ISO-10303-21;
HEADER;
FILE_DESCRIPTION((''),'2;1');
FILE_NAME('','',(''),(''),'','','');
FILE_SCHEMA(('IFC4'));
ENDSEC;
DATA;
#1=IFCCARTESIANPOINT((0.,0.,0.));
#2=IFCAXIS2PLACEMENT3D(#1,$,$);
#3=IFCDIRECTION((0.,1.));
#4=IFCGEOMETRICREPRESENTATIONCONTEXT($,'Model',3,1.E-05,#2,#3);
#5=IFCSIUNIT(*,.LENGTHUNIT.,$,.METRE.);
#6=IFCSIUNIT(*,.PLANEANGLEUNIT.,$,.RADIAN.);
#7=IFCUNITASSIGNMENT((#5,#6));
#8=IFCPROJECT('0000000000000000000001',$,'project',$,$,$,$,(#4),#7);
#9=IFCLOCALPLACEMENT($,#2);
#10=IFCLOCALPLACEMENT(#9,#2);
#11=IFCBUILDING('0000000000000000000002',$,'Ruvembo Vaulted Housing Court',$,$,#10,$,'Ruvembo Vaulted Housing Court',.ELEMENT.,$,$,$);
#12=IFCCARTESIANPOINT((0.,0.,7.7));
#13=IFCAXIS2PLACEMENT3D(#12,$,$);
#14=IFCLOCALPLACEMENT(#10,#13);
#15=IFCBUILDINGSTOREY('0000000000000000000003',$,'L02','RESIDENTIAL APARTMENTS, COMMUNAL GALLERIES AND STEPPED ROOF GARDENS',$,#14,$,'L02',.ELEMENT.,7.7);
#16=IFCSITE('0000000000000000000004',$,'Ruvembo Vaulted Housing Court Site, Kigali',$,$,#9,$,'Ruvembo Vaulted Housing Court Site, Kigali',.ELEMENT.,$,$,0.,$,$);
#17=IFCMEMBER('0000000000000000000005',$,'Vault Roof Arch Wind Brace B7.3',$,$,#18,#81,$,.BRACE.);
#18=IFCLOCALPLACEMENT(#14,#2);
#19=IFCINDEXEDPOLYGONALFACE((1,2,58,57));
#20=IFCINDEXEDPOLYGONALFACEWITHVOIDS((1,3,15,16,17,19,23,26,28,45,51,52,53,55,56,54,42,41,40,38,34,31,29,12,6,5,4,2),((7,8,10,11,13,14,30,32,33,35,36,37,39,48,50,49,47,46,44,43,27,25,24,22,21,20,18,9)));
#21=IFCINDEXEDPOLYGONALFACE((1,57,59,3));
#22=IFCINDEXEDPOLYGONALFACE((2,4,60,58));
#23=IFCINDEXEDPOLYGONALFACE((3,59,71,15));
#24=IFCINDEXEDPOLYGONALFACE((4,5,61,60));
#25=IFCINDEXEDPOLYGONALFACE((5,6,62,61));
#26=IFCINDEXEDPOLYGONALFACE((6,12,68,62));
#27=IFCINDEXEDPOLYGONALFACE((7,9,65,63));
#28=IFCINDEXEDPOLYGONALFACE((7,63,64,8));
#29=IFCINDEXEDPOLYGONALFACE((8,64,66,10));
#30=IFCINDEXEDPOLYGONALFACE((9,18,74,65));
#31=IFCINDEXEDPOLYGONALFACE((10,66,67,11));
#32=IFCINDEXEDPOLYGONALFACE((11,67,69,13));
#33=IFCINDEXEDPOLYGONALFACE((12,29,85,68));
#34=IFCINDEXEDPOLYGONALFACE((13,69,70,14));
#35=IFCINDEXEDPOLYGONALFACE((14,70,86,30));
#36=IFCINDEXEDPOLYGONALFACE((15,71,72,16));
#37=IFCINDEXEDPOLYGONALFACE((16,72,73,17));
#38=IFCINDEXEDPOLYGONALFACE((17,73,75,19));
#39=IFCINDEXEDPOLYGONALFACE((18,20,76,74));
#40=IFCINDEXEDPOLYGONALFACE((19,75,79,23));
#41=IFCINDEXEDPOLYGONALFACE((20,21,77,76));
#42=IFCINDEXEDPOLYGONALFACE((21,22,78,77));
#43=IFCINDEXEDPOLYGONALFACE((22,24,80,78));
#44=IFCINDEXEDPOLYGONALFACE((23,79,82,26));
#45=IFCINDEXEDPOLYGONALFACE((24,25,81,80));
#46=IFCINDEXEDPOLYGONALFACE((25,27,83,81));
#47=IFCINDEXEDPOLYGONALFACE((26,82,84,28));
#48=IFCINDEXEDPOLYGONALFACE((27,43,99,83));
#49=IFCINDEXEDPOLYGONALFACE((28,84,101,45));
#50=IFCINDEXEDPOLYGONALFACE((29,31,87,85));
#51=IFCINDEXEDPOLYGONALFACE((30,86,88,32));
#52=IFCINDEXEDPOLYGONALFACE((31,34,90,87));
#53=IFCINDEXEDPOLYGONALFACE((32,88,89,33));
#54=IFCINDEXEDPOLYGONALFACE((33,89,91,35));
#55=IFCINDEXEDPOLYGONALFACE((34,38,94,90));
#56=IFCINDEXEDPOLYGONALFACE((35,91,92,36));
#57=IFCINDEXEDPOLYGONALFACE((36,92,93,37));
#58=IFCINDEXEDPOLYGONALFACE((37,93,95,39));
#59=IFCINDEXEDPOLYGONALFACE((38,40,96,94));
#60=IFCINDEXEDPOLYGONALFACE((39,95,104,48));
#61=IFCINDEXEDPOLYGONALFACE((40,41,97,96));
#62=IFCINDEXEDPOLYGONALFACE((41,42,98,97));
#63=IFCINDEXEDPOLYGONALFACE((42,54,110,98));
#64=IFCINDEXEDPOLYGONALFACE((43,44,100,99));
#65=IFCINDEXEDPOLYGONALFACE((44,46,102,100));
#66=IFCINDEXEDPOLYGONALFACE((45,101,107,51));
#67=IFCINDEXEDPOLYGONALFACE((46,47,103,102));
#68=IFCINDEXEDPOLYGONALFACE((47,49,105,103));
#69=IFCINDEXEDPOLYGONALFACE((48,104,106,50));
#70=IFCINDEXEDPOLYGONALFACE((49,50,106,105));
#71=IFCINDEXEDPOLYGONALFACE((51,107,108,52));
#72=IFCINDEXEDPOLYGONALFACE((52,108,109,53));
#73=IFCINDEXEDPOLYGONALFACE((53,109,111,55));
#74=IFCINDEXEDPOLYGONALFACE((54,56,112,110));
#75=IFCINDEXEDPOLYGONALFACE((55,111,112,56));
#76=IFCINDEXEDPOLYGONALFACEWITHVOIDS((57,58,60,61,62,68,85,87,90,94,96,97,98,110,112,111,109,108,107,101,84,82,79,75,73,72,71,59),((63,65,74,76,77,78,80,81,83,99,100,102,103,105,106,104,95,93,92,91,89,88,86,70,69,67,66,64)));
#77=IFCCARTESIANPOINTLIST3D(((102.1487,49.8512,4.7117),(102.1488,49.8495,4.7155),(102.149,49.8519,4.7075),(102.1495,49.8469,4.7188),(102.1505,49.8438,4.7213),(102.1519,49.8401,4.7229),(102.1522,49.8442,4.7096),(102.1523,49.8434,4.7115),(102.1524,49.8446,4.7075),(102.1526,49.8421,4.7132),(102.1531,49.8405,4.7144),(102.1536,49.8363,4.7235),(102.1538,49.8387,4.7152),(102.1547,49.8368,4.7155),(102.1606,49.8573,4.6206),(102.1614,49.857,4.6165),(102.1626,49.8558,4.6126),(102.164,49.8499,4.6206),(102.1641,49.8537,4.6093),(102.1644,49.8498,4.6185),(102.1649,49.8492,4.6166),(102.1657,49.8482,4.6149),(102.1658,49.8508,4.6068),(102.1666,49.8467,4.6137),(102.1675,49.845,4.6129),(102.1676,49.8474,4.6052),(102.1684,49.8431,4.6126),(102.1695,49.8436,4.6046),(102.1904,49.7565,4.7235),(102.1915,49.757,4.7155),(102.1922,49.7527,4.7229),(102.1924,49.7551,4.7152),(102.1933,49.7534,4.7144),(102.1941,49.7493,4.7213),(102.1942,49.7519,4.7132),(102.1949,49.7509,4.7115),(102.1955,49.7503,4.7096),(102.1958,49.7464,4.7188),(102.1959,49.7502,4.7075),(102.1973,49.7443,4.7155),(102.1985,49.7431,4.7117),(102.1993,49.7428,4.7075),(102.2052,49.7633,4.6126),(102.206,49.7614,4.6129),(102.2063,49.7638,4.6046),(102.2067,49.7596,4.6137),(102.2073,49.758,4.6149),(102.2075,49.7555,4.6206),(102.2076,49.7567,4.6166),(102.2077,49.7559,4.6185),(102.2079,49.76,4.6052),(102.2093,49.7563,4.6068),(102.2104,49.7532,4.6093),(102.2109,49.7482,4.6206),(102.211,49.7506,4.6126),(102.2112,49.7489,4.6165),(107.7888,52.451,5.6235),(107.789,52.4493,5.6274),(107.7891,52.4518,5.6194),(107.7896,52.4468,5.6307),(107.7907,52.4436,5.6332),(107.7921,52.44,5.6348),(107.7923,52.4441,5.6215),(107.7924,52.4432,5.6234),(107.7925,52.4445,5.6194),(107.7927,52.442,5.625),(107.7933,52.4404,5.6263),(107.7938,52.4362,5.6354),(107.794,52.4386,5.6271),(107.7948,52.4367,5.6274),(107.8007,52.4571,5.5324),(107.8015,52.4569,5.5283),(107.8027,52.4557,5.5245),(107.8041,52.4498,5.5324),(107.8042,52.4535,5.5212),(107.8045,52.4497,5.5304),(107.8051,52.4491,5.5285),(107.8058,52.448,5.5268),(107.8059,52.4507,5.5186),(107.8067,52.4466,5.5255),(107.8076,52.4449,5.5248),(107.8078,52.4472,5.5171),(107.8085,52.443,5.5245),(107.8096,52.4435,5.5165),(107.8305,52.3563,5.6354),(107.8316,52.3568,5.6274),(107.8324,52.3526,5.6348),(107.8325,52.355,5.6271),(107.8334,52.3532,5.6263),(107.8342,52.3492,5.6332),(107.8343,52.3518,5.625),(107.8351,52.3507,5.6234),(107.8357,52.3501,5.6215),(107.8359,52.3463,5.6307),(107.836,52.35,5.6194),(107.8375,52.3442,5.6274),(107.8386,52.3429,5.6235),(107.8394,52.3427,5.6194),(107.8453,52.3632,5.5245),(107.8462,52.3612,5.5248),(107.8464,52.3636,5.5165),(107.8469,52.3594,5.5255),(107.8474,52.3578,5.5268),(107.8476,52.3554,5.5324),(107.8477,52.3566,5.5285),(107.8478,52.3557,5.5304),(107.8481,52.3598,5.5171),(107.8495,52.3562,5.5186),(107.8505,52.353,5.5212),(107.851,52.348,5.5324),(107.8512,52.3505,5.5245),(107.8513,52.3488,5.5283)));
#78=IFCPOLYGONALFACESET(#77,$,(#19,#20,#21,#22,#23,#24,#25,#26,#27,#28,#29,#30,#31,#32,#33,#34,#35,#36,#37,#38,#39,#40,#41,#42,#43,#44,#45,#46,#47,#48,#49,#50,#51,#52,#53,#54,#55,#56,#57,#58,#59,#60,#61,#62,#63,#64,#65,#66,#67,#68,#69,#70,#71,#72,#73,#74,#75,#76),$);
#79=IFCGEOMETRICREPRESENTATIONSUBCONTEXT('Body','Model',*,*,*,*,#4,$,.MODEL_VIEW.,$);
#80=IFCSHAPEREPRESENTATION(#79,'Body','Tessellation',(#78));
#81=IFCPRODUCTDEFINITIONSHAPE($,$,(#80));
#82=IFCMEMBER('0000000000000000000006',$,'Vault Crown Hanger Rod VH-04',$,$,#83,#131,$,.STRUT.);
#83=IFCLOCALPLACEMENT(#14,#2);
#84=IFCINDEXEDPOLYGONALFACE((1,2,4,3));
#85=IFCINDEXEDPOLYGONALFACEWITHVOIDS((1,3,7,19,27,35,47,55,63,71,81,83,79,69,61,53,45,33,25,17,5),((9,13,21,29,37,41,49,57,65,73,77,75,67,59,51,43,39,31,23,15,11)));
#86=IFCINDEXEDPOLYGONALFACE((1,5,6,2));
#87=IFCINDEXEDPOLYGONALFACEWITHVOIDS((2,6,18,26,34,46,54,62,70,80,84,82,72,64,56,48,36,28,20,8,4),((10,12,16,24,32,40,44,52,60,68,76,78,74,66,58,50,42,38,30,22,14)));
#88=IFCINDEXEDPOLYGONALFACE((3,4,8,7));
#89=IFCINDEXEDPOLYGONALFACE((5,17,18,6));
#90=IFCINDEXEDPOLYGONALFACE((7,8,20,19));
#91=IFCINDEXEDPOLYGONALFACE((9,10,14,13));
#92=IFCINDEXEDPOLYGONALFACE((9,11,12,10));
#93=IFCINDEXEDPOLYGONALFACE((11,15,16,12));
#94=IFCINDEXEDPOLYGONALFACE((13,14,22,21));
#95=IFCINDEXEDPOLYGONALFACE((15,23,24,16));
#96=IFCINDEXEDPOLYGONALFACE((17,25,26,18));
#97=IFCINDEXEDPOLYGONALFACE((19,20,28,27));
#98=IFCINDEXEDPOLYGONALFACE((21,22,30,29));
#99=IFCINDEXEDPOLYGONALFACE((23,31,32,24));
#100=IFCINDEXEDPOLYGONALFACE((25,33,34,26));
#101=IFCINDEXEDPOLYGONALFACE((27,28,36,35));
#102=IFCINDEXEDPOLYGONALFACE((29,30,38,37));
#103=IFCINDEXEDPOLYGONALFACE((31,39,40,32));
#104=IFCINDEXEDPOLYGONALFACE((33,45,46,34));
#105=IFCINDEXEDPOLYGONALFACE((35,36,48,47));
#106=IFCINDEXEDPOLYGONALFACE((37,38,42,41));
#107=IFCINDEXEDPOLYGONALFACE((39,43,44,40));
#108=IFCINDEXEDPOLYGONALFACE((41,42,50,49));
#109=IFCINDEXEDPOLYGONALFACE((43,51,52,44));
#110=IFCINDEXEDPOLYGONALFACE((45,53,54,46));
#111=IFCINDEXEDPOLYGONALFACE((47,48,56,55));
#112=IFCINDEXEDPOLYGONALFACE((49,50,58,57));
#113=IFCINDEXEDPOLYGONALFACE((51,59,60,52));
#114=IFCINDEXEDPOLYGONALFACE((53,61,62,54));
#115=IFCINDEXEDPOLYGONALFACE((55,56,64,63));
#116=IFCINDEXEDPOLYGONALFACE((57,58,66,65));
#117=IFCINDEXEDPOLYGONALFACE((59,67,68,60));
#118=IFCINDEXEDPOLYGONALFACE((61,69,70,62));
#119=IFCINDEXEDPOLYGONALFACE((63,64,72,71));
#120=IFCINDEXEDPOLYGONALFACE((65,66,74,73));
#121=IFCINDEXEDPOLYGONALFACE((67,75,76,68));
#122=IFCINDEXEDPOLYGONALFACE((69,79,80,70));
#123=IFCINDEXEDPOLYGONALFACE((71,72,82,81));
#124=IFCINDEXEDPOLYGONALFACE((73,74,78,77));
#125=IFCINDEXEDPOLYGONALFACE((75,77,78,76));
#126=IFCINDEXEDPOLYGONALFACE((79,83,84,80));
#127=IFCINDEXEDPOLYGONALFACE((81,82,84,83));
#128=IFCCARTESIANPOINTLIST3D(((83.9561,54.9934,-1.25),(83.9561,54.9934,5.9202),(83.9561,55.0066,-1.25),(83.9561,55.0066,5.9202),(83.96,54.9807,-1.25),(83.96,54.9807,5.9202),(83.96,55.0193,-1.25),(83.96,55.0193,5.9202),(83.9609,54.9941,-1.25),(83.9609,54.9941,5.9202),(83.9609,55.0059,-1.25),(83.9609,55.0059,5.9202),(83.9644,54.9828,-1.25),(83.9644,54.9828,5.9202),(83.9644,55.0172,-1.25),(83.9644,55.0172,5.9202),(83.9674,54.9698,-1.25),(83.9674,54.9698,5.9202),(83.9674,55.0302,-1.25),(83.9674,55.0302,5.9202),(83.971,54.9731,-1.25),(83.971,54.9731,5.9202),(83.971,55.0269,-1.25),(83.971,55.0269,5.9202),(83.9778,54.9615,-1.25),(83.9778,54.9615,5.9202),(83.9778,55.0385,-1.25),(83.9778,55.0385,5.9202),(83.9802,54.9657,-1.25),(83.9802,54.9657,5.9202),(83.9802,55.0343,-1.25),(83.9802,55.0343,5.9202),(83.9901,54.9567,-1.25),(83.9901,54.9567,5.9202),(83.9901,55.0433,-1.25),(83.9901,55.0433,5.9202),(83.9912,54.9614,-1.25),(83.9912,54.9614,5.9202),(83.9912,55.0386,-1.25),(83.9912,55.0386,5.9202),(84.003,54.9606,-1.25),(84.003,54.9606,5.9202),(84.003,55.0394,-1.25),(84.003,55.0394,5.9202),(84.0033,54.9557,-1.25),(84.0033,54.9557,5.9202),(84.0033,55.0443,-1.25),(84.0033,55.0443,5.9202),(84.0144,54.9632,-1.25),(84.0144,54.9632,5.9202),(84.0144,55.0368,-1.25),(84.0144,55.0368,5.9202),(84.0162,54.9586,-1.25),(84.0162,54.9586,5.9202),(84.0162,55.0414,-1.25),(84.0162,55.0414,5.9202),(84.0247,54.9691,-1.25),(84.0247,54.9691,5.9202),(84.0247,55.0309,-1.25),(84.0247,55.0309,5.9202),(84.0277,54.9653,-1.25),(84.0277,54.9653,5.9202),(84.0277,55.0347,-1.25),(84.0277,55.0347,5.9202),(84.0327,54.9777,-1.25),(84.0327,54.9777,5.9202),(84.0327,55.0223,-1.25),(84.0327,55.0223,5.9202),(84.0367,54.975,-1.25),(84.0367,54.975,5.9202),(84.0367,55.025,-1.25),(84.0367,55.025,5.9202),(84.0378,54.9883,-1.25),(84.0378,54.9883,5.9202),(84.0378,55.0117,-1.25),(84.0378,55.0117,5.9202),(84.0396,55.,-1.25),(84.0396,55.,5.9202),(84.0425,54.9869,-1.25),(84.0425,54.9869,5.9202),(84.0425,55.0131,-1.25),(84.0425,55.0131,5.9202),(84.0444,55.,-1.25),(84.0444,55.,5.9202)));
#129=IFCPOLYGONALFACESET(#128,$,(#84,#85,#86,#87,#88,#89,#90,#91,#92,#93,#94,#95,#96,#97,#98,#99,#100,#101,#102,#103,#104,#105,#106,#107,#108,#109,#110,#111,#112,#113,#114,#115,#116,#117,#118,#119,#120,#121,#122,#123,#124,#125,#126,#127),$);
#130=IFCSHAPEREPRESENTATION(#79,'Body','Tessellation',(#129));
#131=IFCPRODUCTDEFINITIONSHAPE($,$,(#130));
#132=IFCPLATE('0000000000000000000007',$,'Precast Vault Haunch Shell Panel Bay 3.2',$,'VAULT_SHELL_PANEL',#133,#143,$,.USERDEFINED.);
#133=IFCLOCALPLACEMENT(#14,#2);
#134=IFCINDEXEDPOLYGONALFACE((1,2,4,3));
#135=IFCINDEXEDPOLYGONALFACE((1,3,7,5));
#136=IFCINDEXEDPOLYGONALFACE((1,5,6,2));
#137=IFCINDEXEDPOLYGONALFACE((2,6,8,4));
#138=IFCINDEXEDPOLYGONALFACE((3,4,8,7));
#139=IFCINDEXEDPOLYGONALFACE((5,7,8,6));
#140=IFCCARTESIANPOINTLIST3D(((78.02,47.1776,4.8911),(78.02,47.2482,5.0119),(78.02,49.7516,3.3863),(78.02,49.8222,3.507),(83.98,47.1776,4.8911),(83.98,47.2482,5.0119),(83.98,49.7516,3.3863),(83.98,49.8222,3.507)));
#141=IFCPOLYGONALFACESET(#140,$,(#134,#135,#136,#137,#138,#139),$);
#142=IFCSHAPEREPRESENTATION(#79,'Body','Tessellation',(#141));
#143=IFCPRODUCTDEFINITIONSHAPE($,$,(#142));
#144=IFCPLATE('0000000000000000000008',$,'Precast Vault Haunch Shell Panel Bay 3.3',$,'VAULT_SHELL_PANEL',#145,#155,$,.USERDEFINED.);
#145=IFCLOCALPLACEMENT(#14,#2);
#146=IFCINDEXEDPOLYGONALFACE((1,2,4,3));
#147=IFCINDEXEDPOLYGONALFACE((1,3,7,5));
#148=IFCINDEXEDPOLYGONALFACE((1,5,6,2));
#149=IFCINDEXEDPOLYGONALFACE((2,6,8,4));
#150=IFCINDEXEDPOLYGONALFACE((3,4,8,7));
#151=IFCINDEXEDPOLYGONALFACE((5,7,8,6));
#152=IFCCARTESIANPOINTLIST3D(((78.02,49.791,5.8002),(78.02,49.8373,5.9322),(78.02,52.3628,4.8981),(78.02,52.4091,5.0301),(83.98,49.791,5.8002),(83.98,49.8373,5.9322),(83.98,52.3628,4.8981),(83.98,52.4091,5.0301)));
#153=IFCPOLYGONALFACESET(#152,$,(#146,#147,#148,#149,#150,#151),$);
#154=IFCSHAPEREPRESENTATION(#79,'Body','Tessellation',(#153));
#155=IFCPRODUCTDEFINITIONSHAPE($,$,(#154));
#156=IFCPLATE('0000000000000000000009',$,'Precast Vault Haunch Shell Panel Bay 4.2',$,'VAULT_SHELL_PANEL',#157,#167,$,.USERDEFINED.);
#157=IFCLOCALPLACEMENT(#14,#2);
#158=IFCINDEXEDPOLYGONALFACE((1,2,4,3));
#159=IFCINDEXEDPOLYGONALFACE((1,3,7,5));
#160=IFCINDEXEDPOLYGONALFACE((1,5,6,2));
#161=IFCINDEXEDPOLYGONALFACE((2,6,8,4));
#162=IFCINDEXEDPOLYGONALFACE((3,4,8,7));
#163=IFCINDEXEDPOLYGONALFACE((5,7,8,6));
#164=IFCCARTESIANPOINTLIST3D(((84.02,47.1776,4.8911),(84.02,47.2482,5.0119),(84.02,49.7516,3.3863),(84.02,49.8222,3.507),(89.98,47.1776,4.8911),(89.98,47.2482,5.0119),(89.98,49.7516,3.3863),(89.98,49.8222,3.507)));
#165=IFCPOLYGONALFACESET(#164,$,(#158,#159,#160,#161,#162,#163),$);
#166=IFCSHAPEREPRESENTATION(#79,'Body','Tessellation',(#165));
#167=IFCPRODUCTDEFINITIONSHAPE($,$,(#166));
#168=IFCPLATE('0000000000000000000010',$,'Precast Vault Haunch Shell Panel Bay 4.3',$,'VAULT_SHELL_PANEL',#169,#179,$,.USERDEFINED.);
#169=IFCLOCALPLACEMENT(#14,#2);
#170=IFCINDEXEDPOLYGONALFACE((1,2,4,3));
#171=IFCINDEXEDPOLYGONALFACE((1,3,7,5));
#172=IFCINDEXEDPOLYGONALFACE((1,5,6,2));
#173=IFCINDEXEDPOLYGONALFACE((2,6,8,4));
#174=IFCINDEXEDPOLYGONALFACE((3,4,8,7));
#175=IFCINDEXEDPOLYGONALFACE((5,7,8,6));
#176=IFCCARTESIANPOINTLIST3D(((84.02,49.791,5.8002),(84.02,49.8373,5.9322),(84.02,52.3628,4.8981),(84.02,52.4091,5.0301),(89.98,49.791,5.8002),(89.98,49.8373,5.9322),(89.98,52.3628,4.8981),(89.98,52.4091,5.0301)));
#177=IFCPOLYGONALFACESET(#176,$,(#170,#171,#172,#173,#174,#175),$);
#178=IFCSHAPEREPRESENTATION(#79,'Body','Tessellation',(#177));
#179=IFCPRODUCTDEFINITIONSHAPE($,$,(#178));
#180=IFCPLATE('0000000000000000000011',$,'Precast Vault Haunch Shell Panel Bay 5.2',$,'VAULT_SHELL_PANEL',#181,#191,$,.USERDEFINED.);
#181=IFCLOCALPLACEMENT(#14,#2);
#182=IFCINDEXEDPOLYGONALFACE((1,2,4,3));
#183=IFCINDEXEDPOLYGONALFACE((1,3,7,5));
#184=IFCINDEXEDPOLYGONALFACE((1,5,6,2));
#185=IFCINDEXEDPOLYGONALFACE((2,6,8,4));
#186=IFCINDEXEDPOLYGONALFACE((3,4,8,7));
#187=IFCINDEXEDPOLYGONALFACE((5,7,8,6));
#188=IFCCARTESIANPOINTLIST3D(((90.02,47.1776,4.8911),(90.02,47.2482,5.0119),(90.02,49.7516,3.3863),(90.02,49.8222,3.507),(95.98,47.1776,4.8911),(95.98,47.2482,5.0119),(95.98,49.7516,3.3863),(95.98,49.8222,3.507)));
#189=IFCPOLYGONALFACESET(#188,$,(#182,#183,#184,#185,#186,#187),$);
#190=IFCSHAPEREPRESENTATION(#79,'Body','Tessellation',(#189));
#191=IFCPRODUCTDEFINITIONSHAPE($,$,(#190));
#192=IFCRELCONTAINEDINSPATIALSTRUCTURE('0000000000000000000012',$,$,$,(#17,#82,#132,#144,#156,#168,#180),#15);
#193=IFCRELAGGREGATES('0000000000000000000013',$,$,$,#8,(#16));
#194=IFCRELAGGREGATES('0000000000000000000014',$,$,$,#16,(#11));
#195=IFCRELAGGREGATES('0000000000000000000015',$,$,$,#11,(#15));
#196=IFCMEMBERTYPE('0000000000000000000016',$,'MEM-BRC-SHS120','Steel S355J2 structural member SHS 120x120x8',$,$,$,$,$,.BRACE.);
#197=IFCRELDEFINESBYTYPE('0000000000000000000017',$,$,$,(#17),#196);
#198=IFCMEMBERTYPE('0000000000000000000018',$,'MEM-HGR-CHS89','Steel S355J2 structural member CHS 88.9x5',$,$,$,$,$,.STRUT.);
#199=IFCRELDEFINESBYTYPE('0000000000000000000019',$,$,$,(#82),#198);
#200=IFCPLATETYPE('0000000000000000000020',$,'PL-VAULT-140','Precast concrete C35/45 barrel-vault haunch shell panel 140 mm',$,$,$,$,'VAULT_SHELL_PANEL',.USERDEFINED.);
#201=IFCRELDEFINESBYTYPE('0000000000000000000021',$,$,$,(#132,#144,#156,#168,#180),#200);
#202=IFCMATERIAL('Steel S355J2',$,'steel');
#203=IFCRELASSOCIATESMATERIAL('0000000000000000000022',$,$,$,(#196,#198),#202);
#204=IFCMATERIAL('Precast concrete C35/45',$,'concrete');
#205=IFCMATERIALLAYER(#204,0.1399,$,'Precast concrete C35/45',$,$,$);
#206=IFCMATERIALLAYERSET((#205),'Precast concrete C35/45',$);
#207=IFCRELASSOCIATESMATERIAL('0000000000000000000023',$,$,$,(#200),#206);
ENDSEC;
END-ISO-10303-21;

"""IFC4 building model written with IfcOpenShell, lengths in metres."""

from ifc_helpers import new_model, si_unit, direction, frame, origin, origin_2d, place, context, subcontext, project, spatial, rectangle, hollow_rectangle, hollow_circle, extrude, material, layer, layer_set, material_profile, profile_set, type_object, element, save


model = new_model("IFC4")

# Units and contexts
model_context = context("Model", 3, precision=1e-05, world=origin(), true_north=direction((0.0, 1.0)))
body_context = subcontext(model_context, "Body", "Model", "MODEL_VIEW")
ifc_project = project(units=[si_unit("LENGTHUNIT", "METRE"), si_unit("PLANEANGLEUNIT", "RADIAN")], contexts=[model_context])

# Site, building, storey
site_placement = place(None, origin())
site = spatial("IfcSite", under=ifc_project, at=site_placement, Name="Ruvembo Vaulted Housing Court Site, Kigali", LongName="Ruvembo Vaulted Housing Court Site, Kigali", CompositionType="ELEMENT", RefElevation=0.0)
building_placement = place(site_placement, origin())
building = spatial("IfcBuilding", under=site, at=building_placement, Name="Ruvembo Vaulted Housing Court", LongName="Ruvembo Vaulted Housing Court", CompositionType="ELEMENT")
storey_placement = place(building_placement, frame((0.0, 0.0, 7.7)))
storey = spatial("IfcBuildingStorey", under=building, at=storey_placement, Name="L02", Description="RESIDENTIAL APARTMENTS, COMMUNAL GALLERIES AND STEPPED ROOF GARDENS", LongName="L02", CompositionType="ELEMENT", Elevation=7.7)

# Shared definitions
ifc_material_1 = material(Name="Steel S355J2", Category="steel")

# Members
ifc_material_profile_1 = material_profile(ifc_material_1, hollow_rectangle(XDim=0.1201, YDim=0.1201, WallThickness=0.0081, InnerFilletRadius=0.0081, OuterFilletRadius=0.0161, at=origin_2d()), Name="SHS 120x120x8")
ifc_profile_set_1 = profile_set([ifc_material_profile_1], Name="Steel S355J2")
member_type_1 = type_object("IfcMemberType", Name="MEM-BRC-SHS120", Description="Steel S355J2 structural member SHS 120x120x8", PredefinedType="BRACE", material=ifc_profile_set_1)
member_1_placement = place(storey_placement, frame((102.1799, 49.8, 4.6641), z_axis=(0.898527, 0.414181, 0.145269), x_axis=(-0.418622, 0.908161, 0.0)))
element("IfcMember", 1, at=member_1_placement, inside=storey, type_object=member_type_1, Name="Vault Roof Arch Wind Brace B7.3", PredefinedType="BRACE", context=body_context, shape_type="SweptSolid", body=[
    extrude(hollow_rectangle(XDim=0.1201, YDim=0.1201, WallThickness=0.0081, InnerFilletRadius=0.0081, OuterFilletRadius=0.0161, at=origin_2d()), origin(), (0.0, 0.0, 1.0), 6.2771),
])
ifc_material_profile_2 = material_profile(ifc_material_1, hollow_circle(Radius=0.0444, WallThickness=0.0049, at=origin_2d()), Name="CHS 88.9x5")
ifc_profile_set_2 = profile_set([ifc_material_profile_2], Name="Steel S355J2")
member_type_2 = type_object("IfcMemberType", Name="MEM-HGR-CHS89", Description="Steel S355J2 structural member CHS 88.9x5", PredefinedType="STRUT", material=ifc_profile_set_2)
member_2_placement = place(storey_placement, frame((84.0, 55.0, -1.25), z_axis=(0.0, 0.0, 1.0), x_axis=(1.0, 0.0, 0.0)))
element("IfcMember", 2, at=member_2_placement, inside=storey, type_object=member_type_2, Name="Vault Crown Hanger Rod VH-04", PredefinedType="STRUT", context=body_context, shape_type="SweptSolid", body=[
    extrude(hollow_circle(Radius=0.0444, WallThickness=0.0049, at=origin_2d()), origin(), (0.0, 0.0, 1.0), 7.1702),
])

# Plates
ifc_material_2 = material(Name="Precast concrete C35/45", Category="concrete")
ifc_layer_1 = layer(ifc_material_2, 0.1399, Name="Precast concrete C35/45")
ifc_layer_set_1 = layer_set([ifc_layer_1], Name="Precast concrete C35/45")
plate_type_1 = type_object("IfcPlateType", Name="PL-VAULT-140", Description="Precast concrete C35/45 barrel-vault haunch shell panel 140 mm", ElementType="VAULT_SHELL_PANEL", PredefinedType="USERDEFINED", material=ifc_layer_set_1)
plate_1_placement = place(storey_placement, frame((81.0, 48.4646, 4.1387), z_axis=(0.0, 0.504693, 0.863299), x_axis=(1.0, 0.0, 0.0)))
element("IfcPlate", 3, at=plate_1_placement, inside=storey, type_object=plate_type_1, Name="Precast Vault Haunch Shell Panel Bay 3.2", ObjectType="VAULT_SHELL_PANEL", PredefinedType="USERDEFINED", context=body_context, shape_type="SweptSolid", body=[
    extrude(rectangle(XDim=5.96, YDim=2.9817, at=origin_2d()), origin(), (0.0, 0.0, 1.0), 0.1399),
])
plate_2_placement = place(storey_placement, frame((81.0, 51.0769, 5.3491), z_axis=(0.0, 0.330992, 0.943634), x_axis=(1.0, 0.0, 0.0)))
element("IfcPlate", 4, at=plate_2_placement, inside=storey, type_object=plate_type_1, Name="Precast Vault Haunch Shell Panel Bay 3.3", ObjectType="VAULT_SHELL_PANEL", PredefinedType="USERDEFINED", context=body_context, shape_type="SweptSolid", body=[
    extrude(rectangle(XDim=5.96, YDim=2.7253, at=origin_2d()), origin(), (0.0, 0.0, 1.0), 0.1399),
])
plate_3_placement = place(storey_placement, frame((87.0, 48.4646, 4.1387), z_axis=(0.0, 0.504693, 0.863299), x_axis=(1.0, 0.0, 0.0)))
element("IfcPlate", 5, at=plate_3_placement, inside=storey, type_object=plate_type_1, Name="Precast Vault Haunch Shell Panel Bay 4.2", ObjectType="VAULT_SHELL_PANEL", PredefinedType="USERDEFINED", context=body_context, shape_type="SweptSolid", body=[
    extrude(rectangle(XDim=5.96, YDim=2.9817, at=origin_2d()), origin(), (0.0, 0.0, 1.0), 0.1399),
])
plate_4_placement = place(storey_placement, frame((87.0, 51.0769, 5.3491), z_axis=(0.0, 0.330992, 0.943634), x_axis=(1.0, 0.0, 0.0)))
element("IfcPlate", 6, at=plate_4_placement, inside=storey, type_object=plate_type_1, Name="Precast Vault Haunch Shell Panel Bay 4.3", ObjectType="VAULT_SHELL_PANEL", PredefinedType="USERDEFINED", context=body_context, shape_type="SweptSolid", body=[
    extrude(rectangle(XDim=5.96, YDim=2.7253, at=origin_2d()), origin(), (0.0, 0.0, 1.0), 0.1399),
])
plate_5_placement = place(storey_placement, frame((93.0, 48.4646, 4.1387), z_axis=(0.0, 0.504693, 0.863299), x_axis=(1.0, 0.0, 0.0)))
element("IfcPlate", 7, at=plate_5_placement, inside=storey, type_object=plate_type_1, Name="Precast Vault Haunch Shell Panel Bay 5.2", ObjectType="VAULT_SHELL_PANEL", PredefinedType="USERDEFINED", context=body_context, shape_type="SweptSolid", body=[
    extrude(rectangle(XDim=5.96, YDim=2.9817, at=origin_2d()), origin(), (0.0, 0.0, 1.0), 0.1399),
])

save(model, "model.ifc")
